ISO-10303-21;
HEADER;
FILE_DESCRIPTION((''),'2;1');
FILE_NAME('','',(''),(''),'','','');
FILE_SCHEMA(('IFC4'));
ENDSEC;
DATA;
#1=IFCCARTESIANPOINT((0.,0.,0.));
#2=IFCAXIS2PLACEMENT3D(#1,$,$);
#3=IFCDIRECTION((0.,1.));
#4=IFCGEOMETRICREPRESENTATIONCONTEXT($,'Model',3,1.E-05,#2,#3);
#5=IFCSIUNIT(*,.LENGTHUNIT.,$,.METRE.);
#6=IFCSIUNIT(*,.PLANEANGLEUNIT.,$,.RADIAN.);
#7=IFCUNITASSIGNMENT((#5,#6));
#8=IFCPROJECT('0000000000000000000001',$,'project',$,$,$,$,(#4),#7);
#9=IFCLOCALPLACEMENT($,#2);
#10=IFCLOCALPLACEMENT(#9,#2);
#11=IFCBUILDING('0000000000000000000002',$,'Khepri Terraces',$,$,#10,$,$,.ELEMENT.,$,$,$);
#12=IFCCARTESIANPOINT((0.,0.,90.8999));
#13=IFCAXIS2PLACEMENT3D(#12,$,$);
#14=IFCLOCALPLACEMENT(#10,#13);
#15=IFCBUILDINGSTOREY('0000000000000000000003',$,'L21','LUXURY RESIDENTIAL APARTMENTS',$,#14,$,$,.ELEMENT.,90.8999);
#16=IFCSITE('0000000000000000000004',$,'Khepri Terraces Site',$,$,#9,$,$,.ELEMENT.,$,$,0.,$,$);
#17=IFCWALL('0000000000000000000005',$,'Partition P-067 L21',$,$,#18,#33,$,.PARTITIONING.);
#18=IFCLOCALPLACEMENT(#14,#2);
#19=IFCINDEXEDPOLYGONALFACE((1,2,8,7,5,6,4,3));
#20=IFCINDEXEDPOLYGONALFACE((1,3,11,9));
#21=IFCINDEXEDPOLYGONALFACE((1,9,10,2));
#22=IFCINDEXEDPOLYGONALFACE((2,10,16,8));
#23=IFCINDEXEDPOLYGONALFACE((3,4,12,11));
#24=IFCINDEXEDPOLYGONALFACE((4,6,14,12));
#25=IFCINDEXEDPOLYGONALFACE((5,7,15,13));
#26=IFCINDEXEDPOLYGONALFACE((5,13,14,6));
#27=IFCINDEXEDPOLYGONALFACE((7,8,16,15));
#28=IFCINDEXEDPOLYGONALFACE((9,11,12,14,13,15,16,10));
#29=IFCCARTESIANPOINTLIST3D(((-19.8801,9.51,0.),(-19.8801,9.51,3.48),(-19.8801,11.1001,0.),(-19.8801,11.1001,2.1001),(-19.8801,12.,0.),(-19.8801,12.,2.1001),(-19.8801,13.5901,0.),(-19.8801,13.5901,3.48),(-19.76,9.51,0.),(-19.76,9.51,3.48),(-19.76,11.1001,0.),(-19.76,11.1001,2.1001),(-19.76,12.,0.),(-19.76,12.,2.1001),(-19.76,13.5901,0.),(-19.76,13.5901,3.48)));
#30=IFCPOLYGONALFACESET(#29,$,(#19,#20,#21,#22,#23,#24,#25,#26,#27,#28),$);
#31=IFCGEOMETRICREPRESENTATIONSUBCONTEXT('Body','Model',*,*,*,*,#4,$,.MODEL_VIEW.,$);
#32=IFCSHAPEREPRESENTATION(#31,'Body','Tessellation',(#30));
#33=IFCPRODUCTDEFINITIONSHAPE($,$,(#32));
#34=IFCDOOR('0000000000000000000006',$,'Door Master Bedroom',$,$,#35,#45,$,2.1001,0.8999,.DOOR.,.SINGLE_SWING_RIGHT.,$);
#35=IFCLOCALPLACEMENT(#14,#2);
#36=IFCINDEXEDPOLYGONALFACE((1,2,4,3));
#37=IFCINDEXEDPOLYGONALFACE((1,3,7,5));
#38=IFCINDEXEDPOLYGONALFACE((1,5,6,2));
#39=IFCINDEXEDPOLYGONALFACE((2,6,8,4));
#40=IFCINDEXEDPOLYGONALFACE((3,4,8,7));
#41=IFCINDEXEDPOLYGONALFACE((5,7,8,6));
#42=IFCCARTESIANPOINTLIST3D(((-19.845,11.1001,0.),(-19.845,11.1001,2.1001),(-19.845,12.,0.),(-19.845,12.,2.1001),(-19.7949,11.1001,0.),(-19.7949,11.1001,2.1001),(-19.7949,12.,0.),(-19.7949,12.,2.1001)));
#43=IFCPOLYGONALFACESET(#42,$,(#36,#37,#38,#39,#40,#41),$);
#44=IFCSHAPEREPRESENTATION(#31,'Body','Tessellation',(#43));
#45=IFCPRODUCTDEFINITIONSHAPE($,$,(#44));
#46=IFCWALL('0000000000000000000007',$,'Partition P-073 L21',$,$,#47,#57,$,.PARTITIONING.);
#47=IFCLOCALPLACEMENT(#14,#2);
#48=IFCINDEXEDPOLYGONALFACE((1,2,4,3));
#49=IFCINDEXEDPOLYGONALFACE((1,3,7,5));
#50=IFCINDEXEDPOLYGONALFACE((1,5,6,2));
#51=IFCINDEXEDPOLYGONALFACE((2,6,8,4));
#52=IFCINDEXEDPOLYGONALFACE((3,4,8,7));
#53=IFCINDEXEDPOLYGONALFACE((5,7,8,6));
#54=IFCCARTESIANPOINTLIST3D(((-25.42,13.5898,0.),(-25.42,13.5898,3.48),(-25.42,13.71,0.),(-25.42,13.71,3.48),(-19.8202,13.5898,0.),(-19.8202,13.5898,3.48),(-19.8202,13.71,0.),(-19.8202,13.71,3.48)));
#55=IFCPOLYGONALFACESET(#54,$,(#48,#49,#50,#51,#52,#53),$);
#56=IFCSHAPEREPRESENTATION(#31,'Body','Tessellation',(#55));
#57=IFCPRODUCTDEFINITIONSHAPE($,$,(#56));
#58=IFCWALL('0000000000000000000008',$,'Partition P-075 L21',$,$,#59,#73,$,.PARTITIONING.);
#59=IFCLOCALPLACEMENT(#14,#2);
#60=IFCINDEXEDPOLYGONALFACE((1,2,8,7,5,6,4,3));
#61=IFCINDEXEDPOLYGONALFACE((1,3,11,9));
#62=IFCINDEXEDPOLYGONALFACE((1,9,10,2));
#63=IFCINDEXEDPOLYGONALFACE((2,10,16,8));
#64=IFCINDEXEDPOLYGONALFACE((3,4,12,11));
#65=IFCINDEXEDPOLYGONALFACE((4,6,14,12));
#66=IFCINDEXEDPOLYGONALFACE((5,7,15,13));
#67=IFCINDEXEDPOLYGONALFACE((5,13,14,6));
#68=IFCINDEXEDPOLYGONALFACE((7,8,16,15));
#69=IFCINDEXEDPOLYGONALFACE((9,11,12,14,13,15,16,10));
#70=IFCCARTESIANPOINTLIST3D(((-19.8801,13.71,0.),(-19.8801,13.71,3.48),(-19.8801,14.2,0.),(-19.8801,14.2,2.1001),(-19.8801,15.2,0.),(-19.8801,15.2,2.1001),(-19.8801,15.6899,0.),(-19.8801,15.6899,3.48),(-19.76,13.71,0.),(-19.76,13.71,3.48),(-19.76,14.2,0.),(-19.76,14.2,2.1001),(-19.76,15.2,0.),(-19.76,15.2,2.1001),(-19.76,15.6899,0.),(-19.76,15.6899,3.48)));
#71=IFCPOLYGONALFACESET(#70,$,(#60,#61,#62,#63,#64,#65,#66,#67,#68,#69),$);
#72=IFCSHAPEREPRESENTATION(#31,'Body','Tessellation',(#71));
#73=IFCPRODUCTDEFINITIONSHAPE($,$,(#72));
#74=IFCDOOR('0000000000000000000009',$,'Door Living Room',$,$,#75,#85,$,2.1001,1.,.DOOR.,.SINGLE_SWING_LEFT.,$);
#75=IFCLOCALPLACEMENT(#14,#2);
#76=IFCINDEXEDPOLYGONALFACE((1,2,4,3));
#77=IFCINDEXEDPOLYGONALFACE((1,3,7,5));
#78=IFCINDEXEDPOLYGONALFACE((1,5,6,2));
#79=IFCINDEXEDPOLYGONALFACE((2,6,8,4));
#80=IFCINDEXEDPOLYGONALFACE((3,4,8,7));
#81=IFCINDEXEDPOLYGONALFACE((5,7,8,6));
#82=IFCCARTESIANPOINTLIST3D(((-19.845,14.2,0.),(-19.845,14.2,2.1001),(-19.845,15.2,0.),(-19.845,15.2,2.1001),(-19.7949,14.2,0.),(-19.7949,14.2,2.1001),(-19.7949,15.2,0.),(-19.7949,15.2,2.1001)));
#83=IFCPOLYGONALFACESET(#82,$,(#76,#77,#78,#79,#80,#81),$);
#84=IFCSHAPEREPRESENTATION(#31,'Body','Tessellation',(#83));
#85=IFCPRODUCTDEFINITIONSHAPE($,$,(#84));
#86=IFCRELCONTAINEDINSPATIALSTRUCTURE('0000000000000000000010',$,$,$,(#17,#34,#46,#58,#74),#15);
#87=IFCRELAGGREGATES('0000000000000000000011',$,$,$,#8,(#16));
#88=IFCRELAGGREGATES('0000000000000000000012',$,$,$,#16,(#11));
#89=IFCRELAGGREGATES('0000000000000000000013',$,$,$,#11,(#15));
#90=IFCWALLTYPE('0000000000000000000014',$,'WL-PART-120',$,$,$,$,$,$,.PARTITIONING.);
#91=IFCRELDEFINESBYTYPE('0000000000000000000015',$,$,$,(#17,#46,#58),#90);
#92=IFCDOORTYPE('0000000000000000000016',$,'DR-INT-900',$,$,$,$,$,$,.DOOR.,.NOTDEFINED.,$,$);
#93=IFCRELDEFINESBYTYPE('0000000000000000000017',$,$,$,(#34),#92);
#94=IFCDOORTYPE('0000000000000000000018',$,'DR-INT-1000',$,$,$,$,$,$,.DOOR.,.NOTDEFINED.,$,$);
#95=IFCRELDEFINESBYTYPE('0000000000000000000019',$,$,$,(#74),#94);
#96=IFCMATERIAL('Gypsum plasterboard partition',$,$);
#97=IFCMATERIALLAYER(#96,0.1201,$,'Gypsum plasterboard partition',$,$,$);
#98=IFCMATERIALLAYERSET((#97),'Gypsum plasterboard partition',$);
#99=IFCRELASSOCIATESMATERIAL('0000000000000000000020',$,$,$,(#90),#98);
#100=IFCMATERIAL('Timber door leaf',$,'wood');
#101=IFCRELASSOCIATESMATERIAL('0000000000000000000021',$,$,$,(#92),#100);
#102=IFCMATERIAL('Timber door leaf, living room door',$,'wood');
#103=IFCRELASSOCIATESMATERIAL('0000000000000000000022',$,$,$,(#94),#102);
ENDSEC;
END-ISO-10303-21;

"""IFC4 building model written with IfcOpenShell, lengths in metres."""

from ifc_helpers import new_model, si_unit, direction, frame, frame_2d, origin, place, context, subcontext, project, spatial, rectangle, extrude, material, layer, layer_set, type_object, element, fill, save


model = new_model("IFC4")

# Units and contexts
model_context = context("Model", 3, precision=1e-05, world=origin(), true_north=direction((0.0, 1.0)))
body_context = subcontext(model_context, "Body", "Model", "MODEL_VIEW")
ifc_project = project(units=[si_unit("LENGTHUNIT", "METRE"), si_unit("PLANEANGLEUNIT", "RADIAN")], contexts=[model_context])

# Site, building, storey
site_placement = place(None, origin())
site = spatial("IfcSite", under=ifc_project, at=site_placement, Name="Khepri Terraces Site", CompositionType="ELEMENT", RefElevation=0.0)
building_placement = place(site_placement, origin())
building = spatial("IfcBuilding", under=site, at=building_placement, Name="Khepri Terraces", CompositionType="ELEMENT")
storey_placement = place(building_placement, frame((0.0, 0.0, 90.8999)))
storey = spatial("IfcBuildingStorey", under=building, at=storey_placement, Name="L21", Description="LUXURY RESIDENTIAL APARTMENTS", CompositionType="ELEMENT", Elevation=90.8999)

# Shared definitions
ifc_material_1 = material(Name="Gypsum plasterboard partition")
ifc_layer_1 = layer(ifc_material_1, 0.1201, Name="Gypsum plasterboard partition")
ifc_layer_set_1 = layer_set([ifc_layer_1], Name="Gypsum plasterboard partition")
wall_type_1 = type_object("IfcWallType", Name="WL-PART-120", PredefinedType="PARTITIONING", material=ifc_layer_set_1)

# Shared definitions
ifc_material_2 = material(Name="Timber door leaf", Category="wood")
door_type_1 = type_object("IfcDoorType", Name="DR-INT-900", OperationType="NOTDEFINED", PredefinedType="DOOR", material=ifc_material_2)

# Wall, opening, door
wall_1_placement = place(storey_placement, frame((-19.8201, 9.51, 0.0), z_axis=(0.0, 0.0, 1.0), x_axis=(0.0, 1.0, 0.0)))
wall_1 = element("IfcWall", 1, at=wall_1_placement, inside=storey, type_object=wall_type_1, Name="Partition P-067 L21", PredefinedType="PARTITIONING", context=body_context, shape_type="SweptSolid", body=[
    extrude(rectangle(XDim=4.0801, YDim=0.1201, at=frame_2d((2.04, 0.0))), origin(), (0.0, 0.0, 1.0), 3.48),
])
opening_1_placement = place(wall_1_placement, frame((1.5901, 0.0, 0.0)))
opening_1 = element("IfcOpeningElement", 2, at=opening_1_placement, cuts=wall_1, PredefinedType="OPENING", context=body_context, shape_type="SweptSolid", body=[
    extrude(rectangle(XDim=0.8999, YDim=2.1001, at=frame_2d((0.45, 1.05))), frame((0.0, 0.0701, 0.0), z_axis=(0.0, -1.0, 0.0), x_axis=(1.0, 0.0, 0.0)), (0.0, 0.0, 1.0), 0.1401),
])
door_1_placement = place(opening_1_placement, origin())
door_1 = element("IfcDoor", 3, at=door_1_placement, inside=storey, type_object=door_type_1, Name="Door Master Bedroom", OperationType="SINGLE_SWING_RIGHT", OverallHeight=2.1001, OverallWidth=0.8999, PredefinedType="DOOR", context=body_context, shape_type="SweptSolid", body=[
    extrude(rectangle(XDim=0.8999, YDim=2.1001, at=frame_2d((0.45, 1.05))), frame((0.0, 0.0249, 0.0), z_axis=(0.0, -1.0, 0.0), x_axis=(1.0, 0.0, 0.0)), (0.0, 0.0, 1.0), 0.05),
])
fill(opening_1, door_1)

# Wall
wall_2_placement = place(storey_placement, frame((-25.4199, 13.6499, 0.0), z_axis=(0.0, 0.0, 1.0), x_axis=(1.0, 0.0, 0.0)))
element("IfcWall", 4, at=wall_2_placement, inside=storey, type_object=wall_type_1, Name="Partition P-073 L21", PredefinedType="PARTITIONING", context=body_context, shape_type="SweptSolid", body=[
    extrude(rectangle(XDim=5.5999, YDim=0.1201, at=frame_2d((2.7998, 0.0))), origin(), (0.0, 0.0, 1.0), 3.48),
])

# Wall, opening, door
wall_3_placement = place(storey_placement, frame((-19.8201, 13.71, 0.0), z_axis=(0.0, 0.0, 1.0), x_axis=(0.0, 1.0, 0.0)))
wall_3 = element("IfcWall", 5, at=wall_3_placement, inside=storey, type_object=wall_type_1, Name="Partition P-075 L21", PredefinedType="PARTITIONING", context=body_context, shape_type="SweptSolid", body=[
    extrude(rectangle(XDim=1.98, YDim=0.1201, at=frame_2d((0.99, 0.0))), origin(), (0.0, 0.0, 1.0), 3.48),
])
opening_2_placement = place(wall_3_placement, frame((0.49, 0.0, 0.0)))
opening_2 = element("IfcOpeningElement", 6, at=opening_2_placement, cuts=wall_3, PredefinedType="OPENING", context=body_context, shape_type="SweptSolid", body=[
    extrude(rectangle(XDim=1.0, YDim=2.1001, at=frame_2d((0.5, 1.05))), frame((0.0, 0.0701, 0.0), z_axis=(0.0, -1.0, 0.0), x_axis=(1.0, 0.0, 0.0)), (0.0, 0.0, 1.0), 0.1401),
])
ifc_material_3 = material(Name="Timber door leaf, living room door", Category="wood")
door_type_2 = type_object("IfcDoorType", Name="DR-INT-1000", OperationType="NOTDEFINED", PredefinedType="DOOR", material=ifc_material_3)
door_2_placement = place(opening_2_placement, origin())
door_2 = element("IfcDoor", 7, at=door_2_placement, inside=storey, type_object=door_type_2, Name="Door Living Room", OperationType="SINGLE_SWING_LEFT", OverallHeight=2.1001, OverallWidth=1.0, PredefinedType="DOOR", context=body_context, shape_type="SweptSolid", body=[
    extrude(rectangle(XDim=1.0, YDim=2.1001, at=frame_2d((0.5, 1.05))), frame((0.0, 0.0249, 0.0), z_axis=(0.0, -1.0, 0.0), x_axis=(1.0, 0.0, 0.0)), (0.0, 0.0, 1.0), 0.05),
])
fill(opening_2, door_2)

save(model, "model.ifc")
